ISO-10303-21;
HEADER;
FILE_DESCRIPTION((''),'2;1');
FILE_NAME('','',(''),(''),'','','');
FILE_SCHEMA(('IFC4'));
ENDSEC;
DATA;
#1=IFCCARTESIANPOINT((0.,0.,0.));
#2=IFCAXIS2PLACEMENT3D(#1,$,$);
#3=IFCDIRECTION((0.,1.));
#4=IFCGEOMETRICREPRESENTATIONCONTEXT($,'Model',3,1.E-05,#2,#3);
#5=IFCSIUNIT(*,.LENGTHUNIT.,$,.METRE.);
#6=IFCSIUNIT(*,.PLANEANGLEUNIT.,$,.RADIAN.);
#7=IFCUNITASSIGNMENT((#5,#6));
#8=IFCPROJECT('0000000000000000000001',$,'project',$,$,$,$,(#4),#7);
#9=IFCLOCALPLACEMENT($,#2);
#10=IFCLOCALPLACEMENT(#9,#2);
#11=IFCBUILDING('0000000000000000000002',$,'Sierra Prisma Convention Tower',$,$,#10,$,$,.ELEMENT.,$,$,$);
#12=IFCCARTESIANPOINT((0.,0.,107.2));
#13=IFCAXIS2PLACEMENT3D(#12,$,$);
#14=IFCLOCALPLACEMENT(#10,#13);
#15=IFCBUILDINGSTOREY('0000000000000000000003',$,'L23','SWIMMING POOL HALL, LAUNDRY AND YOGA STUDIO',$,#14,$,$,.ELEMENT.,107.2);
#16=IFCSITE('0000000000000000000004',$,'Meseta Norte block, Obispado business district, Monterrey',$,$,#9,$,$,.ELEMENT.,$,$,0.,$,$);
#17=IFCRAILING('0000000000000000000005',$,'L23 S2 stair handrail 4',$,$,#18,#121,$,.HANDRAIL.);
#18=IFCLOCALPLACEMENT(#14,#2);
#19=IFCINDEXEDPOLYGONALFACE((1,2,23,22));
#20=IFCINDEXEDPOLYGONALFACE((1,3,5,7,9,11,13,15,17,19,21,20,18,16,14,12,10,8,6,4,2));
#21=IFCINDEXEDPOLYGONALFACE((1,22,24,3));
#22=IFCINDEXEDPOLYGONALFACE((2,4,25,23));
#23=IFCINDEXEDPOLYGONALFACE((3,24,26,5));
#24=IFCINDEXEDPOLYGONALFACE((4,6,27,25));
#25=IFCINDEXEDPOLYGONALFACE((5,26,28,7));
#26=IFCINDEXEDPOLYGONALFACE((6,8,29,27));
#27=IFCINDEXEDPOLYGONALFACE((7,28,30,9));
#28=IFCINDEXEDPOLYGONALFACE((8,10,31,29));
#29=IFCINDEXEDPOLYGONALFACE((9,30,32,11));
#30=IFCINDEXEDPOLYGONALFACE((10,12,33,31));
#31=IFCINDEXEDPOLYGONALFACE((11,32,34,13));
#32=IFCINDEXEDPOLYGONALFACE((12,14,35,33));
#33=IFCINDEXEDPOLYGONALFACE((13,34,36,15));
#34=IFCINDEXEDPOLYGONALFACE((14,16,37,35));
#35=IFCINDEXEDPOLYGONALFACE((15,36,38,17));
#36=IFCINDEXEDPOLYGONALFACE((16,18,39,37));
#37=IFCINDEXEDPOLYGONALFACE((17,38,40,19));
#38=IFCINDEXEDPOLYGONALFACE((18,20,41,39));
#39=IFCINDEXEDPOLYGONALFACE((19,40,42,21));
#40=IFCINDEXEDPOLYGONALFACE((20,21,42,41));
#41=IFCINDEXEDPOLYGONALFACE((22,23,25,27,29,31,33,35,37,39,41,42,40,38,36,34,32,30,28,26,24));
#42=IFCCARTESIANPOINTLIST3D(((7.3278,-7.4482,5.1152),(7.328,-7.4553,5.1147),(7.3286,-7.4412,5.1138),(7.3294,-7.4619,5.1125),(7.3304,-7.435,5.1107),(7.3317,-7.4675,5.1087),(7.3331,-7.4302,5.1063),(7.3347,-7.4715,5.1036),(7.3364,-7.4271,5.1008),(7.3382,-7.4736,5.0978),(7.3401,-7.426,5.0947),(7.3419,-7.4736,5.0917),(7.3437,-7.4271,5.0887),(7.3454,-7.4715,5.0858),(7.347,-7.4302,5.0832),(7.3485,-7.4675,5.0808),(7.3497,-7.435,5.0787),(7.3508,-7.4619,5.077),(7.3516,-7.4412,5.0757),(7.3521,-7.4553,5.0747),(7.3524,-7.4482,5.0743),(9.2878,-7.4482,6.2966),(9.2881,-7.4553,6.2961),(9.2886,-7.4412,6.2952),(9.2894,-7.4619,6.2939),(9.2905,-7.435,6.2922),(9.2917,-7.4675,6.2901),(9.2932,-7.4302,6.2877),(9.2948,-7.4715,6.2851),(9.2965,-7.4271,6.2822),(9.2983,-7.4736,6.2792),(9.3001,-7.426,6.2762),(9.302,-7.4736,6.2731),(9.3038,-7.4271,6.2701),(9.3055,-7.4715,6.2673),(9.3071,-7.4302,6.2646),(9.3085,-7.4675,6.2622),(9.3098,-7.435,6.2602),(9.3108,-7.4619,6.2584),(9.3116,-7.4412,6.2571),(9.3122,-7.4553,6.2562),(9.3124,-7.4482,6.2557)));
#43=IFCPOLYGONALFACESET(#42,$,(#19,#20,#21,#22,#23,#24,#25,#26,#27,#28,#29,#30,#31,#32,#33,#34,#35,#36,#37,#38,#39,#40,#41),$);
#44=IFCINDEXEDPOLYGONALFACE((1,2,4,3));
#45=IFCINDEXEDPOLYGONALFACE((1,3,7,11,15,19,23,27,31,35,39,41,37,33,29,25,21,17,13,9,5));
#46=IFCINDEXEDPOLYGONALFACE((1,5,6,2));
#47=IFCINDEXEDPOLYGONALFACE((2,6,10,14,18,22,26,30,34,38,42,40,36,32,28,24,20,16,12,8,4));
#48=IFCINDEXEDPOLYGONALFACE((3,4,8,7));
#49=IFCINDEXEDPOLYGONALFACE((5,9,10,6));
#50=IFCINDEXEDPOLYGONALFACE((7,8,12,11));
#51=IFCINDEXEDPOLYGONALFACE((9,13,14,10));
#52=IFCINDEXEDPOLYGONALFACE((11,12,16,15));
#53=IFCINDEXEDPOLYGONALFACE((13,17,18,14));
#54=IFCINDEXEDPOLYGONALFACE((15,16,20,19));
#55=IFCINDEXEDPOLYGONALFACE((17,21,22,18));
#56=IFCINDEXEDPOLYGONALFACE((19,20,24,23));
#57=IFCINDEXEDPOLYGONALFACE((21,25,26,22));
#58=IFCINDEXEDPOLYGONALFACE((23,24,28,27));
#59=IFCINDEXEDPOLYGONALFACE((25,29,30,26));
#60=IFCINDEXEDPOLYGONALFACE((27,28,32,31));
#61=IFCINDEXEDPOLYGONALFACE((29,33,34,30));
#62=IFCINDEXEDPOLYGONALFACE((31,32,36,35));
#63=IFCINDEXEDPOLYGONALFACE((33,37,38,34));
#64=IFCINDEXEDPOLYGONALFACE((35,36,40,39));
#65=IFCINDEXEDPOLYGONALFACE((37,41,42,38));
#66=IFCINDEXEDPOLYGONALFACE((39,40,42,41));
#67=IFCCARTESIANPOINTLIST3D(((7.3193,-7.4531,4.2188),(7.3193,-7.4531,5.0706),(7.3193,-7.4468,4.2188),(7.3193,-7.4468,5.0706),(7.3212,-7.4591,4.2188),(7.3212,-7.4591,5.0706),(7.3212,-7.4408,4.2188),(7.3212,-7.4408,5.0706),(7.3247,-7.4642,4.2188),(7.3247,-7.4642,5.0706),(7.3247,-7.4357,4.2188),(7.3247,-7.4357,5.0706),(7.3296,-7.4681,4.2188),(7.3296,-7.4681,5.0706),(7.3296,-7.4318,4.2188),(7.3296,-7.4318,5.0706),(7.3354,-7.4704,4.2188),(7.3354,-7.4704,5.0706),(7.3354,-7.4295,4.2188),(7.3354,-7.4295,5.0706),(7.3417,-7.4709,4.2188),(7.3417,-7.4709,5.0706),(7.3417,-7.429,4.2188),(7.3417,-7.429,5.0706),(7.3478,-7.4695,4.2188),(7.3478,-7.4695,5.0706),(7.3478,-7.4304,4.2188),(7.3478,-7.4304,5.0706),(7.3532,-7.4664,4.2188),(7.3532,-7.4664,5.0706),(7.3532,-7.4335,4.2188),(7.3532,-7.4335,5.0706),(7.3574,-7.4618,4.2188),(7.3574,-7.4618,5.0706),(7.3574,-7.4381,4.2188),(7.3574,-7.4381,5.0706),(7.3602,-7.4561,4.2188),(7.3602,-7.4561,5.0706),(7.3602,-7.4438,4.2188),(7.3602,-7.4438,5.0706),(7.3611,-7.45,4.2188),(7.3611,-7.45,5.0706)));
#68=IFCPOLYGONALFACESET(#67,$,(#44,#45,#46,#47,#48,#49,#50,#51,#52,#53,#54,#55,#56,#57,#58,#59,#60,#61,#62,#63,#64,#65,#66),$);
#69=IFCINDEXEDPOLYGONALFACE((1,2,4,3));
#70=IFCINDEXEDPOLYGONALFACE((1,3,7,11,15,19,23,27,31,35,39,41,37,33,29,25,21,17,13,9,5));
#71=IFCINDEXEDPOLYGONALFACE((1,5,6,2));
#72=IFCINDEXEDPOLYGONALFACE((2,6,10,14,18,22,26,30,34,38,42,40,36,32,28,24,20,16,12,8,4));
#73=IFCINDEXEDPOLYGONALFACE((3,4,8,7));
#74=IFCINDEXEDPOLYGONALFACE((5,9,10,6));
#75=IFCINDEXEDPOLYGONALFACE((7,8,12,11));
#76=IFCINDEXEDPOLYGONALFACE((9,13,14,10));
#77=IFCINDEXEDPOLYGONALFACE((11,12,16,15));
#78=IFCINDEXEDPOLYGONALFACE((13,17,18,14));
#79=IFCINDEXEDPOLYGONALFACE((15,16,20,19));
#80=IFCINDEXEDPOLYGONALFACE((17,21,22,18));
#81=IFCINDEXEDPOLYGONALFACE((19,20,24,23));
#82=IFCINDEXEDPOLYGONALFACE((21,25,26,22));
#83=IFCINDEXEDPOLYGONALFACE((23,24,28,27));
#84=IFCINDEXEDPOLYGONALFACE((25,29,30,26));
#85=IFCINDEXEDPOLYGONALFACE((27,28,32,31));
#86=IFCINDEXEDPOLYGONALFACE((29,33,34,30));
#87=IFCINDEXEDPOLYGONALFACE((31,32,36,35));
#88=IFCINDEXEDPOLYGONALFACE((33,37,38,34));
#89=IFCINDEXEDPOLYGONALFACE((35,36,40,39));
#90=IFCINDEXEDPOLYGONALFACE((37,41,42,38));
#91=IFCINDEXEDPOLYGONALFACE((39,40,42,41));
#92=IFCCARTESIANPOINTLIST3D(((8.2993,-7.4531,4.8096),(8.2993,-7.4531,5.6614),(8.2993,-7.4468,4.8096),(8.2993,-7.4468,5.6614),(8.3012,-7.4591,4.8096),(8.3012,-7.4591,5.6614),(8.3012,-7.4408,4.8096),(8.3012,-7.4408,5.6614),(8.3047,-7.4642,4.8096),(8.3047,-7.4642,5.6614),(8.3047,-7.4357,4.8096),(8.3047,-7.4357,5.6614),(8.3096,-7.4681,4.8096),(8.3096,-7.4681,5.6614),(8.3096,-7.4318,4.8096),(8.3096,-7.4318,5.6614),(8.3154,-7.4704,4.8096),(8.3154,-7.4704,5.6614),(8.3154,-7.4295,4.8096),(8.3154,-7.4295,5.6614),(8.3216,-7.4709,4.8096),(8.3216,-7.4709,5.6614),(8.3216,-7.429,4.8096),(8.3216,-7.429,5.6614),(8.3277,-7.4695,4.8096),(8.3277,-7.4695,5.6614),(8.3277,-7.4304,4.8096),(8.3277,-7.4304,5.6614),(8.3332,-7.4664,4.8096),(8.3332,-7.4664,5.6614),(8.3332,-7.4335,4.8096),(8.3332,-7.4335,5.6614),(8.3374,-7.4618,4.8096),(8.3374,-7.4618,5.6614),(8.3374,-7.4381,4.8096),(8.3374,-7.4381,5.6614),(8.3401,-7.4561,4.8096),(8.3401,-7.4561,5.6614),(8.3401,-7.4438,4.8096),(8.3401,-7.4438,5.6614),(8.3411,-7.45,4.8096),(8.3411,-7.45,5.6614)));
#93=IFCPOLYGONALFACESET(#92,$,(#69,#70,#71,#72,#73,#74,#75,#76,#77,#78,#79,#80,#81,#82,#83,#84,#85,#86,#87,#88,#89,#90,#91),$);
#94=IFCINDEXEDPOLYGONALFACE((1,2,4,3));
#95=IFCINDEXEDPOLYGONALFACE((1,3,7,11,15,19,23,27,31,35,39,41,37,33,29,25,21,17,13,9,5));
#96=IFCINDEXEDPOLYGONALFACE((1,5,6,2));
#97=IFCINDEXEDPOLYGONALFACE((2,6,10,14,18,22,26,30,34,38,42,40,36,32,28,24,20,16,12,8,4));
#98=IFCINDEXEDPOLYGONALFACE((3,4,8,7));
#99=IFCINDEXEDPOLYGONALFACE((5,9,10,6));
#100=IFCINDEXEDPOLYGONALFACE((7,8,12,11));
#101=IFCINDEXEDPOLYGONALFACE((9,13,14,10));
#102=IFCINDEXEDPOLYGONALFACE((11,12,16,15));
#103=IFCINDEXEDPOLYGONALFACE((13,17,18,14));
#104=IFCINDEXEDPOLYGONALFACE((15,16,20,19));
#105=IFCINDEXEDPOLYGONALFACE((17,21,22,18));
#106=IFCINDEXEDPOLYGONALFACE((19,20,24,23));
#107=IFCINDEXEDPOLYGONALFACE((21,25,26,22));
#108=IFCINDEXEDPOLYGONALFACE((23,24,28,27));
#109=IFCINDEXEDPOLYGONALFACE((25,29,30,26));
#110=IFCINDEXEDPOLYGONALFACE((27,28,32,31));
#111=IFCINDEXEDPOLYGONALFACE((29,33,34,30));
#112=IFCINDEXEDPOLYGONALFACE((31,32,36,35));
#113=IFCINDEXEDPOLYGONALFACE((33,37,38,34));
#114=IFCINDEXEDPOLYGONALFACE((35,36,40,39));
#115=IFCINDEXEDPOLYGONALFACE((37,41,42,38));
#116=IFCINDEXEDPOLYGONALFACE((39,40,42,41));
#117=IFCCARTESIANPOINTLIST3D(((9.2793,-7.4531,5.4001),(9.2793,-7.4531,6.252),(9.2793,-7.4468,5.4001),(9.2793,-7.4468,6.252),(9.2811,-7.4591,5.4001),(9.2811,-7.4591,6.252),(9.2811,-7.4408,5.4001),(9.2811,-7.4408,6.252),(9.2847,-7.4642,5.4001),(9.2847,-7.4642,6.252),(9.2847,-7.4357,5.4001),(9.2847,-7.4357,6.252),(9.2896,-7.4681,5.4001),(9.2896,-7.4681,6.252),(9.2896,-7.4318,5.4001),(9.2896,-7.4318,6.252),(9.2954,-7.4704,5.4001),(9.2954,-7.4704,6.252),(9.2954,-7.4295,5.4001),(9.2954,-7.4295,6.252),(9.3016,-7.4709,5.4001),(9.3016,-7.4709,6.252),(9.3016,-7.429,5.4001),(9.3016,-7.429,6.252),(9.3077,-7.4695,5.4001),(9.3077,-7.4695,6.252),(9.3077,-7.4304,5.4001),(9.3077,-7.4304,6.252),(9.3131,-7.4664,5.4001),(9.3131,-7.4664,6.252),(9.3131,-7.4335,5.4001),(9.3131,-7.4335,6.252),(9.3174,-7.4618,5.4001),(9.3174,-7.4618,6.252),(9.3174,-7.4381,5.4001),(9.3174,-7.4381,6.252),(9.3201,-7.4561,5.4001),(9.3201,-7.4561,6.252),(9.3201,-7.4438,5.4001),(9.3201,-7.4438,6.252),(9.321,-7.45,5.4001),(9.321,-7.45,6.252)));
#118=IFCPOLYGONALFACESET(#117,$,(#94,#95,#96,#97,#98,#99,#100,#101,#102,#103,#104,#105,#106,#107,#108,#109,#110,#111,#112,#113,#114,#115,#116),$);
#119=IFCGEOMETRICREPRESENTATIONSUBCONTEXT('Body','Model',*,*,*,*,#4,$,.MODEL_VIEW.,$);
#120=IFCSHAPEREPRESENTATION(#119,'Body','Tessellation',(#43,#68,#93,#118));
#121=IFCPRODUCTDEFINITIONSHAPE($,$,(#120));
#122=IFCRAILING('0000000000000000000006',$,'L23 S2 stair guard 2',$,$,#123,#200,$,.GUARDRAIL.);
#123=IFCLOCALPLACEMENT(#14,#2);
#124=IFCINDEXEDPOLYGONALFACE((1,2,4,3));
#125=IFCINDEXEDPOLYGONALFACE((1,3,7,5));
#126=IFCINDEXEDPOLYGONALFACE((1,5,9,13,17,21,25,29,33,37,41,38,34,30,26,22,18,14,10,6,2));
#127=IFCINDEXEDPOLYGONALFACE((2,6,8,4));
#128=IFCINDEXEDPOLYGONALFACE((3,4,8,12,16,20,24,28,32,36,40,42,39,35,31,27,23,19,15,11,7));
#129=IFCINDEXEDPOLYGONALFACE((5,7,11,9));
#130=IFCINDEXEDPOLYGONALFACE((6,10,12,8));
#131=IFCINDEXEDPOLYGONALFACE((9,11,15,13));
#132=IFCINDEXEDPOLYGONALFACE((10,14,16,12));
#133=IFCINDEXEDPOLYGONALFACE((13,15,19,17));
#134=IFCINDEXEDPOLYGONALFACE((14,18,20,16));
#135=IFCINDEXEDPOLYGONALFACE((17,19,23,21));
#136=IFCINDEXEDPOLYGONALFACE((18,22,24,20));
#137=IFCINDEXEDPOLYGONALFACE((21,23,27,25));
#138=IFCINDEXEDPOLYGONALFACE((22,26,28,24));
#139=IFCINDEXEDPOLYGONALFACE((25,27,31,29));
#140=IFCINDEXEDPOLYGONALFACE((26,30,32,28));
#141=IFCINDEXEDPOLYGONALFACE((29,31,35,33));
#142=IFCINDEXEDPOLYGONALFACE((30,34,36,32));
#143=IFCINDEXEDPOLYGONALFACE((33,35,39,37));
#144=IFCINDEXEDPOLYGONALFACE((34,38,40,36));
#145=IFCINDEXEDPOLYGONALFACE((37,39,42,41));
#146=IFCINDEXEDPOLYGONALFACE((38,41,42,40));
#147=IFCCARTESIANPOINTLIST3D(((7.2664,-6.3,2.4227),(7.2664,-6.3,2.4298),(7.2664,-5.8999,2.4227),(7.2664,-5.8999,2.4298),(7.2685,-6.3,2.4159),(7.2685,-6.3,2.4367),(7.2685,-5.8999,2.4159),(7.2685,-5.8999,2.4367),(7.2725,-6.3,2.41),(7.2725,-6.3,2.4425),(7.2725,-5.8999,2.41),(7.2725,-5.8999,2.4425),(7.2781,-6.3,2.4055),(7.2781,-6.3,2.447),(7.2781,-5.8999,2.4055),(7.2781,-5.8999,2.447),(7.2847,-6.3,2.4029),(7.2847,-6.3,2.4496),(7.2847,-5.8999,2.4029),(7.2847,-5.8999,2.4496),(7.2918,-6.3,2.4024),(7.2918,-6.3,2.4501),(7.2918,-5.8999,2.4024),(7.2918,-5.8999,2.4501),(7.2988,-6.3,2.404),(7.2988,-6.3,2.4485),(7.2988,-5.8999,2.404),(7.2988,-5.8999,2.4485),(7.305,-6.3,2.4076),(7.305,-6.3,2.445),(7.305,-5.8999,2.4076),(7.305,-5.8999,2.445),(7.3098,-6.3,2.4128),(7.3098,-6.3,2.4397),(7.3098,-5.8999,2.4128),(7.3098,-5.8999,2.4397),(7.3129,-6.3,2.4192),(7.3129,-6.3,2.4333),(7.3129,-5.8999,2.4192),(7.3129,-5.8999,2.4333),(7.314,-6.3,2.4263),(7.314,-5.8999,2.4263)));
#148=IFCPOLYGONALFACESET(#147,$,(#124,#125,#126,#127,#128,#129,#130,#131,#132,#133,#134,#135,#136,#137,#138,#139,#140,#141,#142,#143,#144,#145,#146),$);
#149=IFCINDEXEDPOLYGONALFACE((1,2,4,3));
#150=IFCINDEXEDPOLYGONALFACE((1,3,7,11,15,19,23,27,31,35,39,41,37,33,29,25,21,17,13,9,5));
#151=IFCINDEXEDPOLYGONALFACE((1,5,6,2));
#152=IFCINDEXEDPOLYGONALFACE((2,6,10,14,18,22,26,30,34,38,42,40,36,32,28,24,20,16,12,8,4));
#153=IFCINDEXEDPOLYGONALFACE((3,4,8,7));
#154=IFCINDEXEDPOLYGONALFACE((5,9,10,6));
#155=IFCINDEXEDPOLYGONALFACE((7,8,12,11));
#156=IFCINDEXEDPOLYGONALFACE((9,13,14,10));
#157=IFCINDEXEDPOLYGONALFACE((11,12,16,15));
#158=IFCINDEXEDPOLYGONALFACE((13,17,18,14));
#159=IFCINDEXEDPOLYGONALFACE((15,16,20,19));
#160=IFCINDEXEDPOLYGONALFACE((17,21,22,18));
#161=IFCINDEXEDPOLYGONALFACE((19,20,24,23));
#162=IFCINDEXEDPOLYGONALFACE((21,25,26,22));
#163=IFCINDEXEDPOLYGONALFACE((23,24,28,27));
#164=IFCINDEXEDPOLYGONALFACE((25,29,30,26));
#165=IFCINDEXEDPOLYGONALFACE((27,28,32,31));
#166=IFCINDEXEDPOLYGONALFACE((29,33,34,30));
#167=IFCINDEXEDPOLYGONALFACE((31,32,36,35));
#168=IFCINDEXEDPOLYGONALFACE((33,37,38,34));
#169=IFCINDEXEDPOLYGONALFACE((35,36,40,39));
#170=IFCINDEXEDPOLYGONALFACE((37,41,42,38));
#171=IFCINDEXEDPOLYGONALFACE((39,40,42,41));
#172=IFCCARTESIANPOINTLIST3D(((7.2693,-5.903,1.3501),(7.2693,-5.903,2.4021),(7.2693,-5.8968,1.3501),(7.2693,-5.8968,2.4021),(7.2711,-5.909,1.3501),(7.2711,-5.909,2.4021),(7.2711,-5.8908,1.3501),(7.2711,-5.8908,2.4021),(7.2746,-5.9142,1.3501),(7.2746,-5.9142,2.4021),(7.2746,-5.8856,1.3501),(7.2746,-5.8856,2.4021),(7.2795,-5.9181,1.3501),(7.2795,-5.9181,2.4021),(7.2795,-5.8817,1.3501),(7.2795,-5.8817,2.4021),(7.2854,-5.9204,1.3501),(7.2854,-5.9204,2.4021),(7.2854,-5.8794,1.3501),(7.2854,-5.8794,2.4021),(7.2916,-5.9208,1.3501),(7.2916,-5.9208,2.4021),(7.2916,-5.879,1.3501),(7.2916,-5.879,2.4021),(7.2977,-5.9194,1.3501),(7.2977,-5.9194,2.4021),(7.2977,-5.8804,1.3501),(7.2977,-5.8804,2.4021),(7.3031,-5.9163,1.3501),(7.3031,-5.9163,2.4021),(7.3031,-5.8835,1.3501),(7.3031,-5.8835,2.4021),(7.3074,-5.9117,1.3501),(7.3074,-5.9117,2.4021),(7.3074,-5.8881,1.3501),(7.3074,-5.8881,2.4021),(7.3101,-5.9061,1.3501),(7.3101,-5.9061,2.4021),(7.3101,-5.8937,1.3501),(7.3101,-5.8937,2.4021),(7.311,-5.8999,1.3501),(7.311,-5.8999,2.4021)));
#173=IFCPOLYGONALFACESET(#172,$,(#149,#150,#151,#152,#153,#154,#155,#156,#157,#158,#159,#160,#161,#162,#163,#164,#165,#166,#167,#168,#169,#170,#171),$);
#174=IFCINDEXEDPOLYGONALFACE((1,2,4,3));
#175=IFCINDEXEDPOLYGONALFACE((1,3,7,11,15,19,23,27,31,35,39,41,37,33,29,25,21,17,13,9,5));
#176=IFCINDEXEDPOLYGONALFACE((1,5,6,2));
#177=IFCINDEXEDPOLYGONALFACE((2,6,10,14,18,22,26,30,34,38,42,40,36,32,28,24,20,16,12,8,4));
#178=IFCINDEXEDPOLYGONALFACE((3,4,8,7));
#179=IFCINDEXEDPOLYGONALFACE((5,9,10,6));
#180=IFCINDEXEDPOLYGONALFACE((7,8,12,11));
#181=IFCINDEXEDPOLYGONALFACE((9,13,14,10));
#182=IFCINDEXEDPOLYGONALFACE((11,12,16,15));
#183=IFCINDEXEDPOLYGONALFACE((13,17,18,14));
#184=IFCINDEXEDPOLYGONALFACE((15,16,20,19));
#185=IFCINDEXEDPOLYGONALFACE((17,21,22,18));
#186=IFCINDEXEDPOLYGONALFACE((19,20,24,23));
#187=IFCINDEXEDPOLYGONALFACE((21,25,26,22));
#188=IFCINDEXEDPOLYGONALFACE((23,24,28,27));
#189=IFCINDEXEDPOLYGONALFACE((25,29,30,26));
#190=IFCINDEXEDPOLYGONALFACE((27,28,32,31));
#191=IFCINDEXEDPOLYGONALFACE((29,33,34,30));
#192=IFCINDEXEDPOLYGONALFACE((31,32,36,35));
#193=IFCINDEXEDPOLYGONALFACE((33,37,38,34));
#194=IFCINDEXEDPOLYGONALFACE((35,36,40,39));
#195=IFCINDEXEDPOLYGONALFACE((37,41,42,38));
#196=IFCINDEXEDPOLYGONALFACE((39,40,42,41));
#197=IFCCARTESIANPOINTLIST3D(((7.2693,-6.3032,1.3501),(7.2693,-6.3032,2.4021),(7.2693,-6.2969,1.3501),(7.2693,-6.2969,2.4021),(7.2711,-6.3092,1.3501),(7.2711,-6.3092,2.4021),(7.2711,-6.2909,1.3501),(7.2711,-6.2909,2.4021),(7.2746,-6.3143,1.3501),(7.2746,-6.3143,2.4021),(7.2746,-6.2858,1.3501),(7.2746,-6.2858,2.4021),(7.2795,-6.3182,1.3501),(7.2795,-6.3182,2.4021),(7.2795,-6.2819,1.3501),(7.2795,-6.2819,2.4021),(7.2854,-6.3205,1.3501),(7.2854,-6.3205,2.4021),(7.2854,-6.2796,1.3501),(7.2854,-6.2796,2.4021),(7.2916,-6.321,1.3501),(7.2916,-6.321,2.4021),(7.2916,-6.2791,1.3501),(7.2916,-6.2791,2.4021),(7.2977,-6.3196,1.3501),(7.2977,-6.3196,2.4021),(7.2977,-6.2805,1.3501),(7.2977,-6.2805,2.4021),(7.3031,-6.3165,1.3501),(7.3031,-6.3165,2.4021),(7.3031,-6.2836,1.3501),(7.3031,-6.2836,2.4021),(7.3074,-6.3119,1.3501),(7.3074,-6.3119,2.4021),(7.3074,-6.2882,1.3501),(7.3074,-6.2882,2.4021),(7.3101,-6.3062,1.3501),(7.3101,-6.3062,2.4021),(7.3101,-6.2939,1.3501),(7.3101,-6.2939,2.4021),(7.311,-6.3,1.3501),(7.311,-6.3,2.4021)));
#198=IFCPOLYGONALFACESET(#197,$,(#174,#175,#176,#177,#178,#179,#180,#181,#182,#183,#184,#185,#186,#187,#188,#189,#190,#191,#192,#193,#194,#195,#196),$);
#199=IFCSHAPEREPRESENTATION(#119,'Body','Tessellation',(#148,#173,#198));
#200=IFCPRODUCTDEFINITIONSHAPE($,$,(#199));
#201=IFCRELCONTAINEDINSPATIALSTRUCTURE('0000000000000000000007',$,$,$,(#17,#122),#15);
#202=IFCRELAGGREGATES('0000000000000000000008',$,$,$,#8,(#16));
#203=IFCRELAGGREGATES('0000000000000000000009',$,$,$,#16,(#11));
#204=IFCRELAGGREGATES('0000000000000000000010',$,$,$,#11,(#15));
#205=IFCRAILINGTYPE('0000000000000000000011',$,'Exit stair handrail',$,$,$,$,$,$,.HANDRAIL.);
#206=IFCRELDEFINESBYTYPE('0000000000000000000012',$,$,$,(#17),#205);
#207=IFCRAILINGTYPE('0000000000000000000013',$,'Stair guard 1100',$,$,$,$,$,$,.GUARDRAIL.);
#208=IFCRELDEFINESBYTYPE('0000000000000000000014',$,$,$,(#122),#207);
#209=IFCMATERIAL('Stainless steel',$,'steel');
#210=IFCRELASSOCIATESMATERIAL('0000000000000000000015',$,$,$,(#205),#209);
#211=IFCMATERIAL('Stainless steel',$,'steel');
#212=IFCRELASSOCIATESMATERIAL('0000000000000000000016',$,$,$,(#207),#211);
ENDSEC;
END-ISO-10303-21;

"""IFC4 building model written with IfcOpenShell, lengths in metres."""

from ifc_helpers import new_model, si_unit, direction, frame, origin, origin_2d, place, context, subcontext, project, spatial, circle, extrude, material, type_object, element, save


model = new_model("IFC4")

# Units and contexts
model_context = context("Model", 3, precision=1e-05, world=origin(), true_north=direction((0.0, 1.0)))
body_context = subcontext(model_context, "Body", "Model", "MODEL_VIEW")
ifc_project = project(units=[si_unit("LENGTHUNIT", "METRE"), si_unit("PLANEANGLEUNIT", "RADIAN")], contexts=[model_context])

# Site, building, storey
site_placement = place(None, origin())
site = spatial("IfcSite", under=ifc_project, at=site_placement, Name="Meseta Norte block, Obispado business district, Monterrey", CompositionType="ELEMENT", RefElevation=0.0)
building_placement = place(site_placement, origin())
building = spatial("IfcBuilding", under=site, at=building_placement, Name="Sierra Prisma Convention Tower", CompositionType="ELEMENT")
storey_placement = place(building_placement, frame((0.0, 0.0, 107.2)))
storey = spatial("IfcBuildingStorey", under=building, at=storey_placement, Name="L23", Description="SWIMMING POOL HALL, LAUNDRY AND YOGA STUDIO", CompositionType="ELEMENT", Elevation=107.2)

# Railings
ifc_material_1 = material(Name="Stainless steel", Category="steel")
railing_type_1 = type_object("IfcRailingType", Name="Exit stair handrail", PredefinedType="HANDRAIL", material=ifc_material_1)
railing_1_placement = place(storey_placement, frame((7.3401, -7.45, 4.2188)))
element("IfcRailing", 1, at=railing_1_placement, inside=storey, type_object=railing_type_1, Name="L23 S2 stair handrail 4", PredefinedType="HANDRAIL", context=body_context, shape_type="SweptSolid", body=[
    extrude(circle(Radius=0.0239, at=origin_2d()), frame((0.0, 0.0, 0.876), z_axis=(0.856446, 0.0, 0.516236), x_axis=(0.0, 1.0, 0.0)), (0.0, 0.0, 1.0), 2.2886),
    extrude(circle(Radius=0.021, at=origin_2d()), origin(), (0.0, 0.0, 1.0), 0.8518),
    extrude(circle(Radius=0.021, at=origin_2d()), frame((0.98, 0.0, 0.5908)), (0.0, 0.0, 1.0), 0.8518),
    extrude(circle(Radius=0.021, at=origin_2d()), frame((1.96, 0.0, 1.1814)), (0.0, 0.0, 1.0), 0.8518),
])
ifc_material_2 = material(Name="Stainless steel", Category="steel")
railing_type_2 = type_object("IfcRailingType", Name="Stair guard 1100", PredefinedType="GUARDRAIL", material=ifc_material_2)
railing_2_placement = place(storey_placement, frame((7.29, -5.8999, 1.3501)))
element("IfcRailing", 2, at=railing_2_placement, inside=storey, type_object=railing_type_2, Name="L23 S2 stair guard 2", PredefinedType="GUARDRAIL", context=body_context, shape_type="SweptSolid", body=[
    extrude(circle(Radius=0.0239, at=origin_2d()), frame((0.0, 0.0, 1.0762), z_axis=(0.0, -1.0, 0.0), x_axis=(1.0, 0.0, 0.0)), (0.0, 0.0, 1.0), 0.4001),
    extrude(circle(Radius=0.021, at=origin_2d()), origin(), (0.0, 0.0, 1.0), 1.052),
    extrude(circle(Radius=0.021, at=origin_2d()), frame((0.0, -0.4001, 0.0)), (0.0, 0.0, 1.0), 1.052),
])

save(model, "model.ifc")
